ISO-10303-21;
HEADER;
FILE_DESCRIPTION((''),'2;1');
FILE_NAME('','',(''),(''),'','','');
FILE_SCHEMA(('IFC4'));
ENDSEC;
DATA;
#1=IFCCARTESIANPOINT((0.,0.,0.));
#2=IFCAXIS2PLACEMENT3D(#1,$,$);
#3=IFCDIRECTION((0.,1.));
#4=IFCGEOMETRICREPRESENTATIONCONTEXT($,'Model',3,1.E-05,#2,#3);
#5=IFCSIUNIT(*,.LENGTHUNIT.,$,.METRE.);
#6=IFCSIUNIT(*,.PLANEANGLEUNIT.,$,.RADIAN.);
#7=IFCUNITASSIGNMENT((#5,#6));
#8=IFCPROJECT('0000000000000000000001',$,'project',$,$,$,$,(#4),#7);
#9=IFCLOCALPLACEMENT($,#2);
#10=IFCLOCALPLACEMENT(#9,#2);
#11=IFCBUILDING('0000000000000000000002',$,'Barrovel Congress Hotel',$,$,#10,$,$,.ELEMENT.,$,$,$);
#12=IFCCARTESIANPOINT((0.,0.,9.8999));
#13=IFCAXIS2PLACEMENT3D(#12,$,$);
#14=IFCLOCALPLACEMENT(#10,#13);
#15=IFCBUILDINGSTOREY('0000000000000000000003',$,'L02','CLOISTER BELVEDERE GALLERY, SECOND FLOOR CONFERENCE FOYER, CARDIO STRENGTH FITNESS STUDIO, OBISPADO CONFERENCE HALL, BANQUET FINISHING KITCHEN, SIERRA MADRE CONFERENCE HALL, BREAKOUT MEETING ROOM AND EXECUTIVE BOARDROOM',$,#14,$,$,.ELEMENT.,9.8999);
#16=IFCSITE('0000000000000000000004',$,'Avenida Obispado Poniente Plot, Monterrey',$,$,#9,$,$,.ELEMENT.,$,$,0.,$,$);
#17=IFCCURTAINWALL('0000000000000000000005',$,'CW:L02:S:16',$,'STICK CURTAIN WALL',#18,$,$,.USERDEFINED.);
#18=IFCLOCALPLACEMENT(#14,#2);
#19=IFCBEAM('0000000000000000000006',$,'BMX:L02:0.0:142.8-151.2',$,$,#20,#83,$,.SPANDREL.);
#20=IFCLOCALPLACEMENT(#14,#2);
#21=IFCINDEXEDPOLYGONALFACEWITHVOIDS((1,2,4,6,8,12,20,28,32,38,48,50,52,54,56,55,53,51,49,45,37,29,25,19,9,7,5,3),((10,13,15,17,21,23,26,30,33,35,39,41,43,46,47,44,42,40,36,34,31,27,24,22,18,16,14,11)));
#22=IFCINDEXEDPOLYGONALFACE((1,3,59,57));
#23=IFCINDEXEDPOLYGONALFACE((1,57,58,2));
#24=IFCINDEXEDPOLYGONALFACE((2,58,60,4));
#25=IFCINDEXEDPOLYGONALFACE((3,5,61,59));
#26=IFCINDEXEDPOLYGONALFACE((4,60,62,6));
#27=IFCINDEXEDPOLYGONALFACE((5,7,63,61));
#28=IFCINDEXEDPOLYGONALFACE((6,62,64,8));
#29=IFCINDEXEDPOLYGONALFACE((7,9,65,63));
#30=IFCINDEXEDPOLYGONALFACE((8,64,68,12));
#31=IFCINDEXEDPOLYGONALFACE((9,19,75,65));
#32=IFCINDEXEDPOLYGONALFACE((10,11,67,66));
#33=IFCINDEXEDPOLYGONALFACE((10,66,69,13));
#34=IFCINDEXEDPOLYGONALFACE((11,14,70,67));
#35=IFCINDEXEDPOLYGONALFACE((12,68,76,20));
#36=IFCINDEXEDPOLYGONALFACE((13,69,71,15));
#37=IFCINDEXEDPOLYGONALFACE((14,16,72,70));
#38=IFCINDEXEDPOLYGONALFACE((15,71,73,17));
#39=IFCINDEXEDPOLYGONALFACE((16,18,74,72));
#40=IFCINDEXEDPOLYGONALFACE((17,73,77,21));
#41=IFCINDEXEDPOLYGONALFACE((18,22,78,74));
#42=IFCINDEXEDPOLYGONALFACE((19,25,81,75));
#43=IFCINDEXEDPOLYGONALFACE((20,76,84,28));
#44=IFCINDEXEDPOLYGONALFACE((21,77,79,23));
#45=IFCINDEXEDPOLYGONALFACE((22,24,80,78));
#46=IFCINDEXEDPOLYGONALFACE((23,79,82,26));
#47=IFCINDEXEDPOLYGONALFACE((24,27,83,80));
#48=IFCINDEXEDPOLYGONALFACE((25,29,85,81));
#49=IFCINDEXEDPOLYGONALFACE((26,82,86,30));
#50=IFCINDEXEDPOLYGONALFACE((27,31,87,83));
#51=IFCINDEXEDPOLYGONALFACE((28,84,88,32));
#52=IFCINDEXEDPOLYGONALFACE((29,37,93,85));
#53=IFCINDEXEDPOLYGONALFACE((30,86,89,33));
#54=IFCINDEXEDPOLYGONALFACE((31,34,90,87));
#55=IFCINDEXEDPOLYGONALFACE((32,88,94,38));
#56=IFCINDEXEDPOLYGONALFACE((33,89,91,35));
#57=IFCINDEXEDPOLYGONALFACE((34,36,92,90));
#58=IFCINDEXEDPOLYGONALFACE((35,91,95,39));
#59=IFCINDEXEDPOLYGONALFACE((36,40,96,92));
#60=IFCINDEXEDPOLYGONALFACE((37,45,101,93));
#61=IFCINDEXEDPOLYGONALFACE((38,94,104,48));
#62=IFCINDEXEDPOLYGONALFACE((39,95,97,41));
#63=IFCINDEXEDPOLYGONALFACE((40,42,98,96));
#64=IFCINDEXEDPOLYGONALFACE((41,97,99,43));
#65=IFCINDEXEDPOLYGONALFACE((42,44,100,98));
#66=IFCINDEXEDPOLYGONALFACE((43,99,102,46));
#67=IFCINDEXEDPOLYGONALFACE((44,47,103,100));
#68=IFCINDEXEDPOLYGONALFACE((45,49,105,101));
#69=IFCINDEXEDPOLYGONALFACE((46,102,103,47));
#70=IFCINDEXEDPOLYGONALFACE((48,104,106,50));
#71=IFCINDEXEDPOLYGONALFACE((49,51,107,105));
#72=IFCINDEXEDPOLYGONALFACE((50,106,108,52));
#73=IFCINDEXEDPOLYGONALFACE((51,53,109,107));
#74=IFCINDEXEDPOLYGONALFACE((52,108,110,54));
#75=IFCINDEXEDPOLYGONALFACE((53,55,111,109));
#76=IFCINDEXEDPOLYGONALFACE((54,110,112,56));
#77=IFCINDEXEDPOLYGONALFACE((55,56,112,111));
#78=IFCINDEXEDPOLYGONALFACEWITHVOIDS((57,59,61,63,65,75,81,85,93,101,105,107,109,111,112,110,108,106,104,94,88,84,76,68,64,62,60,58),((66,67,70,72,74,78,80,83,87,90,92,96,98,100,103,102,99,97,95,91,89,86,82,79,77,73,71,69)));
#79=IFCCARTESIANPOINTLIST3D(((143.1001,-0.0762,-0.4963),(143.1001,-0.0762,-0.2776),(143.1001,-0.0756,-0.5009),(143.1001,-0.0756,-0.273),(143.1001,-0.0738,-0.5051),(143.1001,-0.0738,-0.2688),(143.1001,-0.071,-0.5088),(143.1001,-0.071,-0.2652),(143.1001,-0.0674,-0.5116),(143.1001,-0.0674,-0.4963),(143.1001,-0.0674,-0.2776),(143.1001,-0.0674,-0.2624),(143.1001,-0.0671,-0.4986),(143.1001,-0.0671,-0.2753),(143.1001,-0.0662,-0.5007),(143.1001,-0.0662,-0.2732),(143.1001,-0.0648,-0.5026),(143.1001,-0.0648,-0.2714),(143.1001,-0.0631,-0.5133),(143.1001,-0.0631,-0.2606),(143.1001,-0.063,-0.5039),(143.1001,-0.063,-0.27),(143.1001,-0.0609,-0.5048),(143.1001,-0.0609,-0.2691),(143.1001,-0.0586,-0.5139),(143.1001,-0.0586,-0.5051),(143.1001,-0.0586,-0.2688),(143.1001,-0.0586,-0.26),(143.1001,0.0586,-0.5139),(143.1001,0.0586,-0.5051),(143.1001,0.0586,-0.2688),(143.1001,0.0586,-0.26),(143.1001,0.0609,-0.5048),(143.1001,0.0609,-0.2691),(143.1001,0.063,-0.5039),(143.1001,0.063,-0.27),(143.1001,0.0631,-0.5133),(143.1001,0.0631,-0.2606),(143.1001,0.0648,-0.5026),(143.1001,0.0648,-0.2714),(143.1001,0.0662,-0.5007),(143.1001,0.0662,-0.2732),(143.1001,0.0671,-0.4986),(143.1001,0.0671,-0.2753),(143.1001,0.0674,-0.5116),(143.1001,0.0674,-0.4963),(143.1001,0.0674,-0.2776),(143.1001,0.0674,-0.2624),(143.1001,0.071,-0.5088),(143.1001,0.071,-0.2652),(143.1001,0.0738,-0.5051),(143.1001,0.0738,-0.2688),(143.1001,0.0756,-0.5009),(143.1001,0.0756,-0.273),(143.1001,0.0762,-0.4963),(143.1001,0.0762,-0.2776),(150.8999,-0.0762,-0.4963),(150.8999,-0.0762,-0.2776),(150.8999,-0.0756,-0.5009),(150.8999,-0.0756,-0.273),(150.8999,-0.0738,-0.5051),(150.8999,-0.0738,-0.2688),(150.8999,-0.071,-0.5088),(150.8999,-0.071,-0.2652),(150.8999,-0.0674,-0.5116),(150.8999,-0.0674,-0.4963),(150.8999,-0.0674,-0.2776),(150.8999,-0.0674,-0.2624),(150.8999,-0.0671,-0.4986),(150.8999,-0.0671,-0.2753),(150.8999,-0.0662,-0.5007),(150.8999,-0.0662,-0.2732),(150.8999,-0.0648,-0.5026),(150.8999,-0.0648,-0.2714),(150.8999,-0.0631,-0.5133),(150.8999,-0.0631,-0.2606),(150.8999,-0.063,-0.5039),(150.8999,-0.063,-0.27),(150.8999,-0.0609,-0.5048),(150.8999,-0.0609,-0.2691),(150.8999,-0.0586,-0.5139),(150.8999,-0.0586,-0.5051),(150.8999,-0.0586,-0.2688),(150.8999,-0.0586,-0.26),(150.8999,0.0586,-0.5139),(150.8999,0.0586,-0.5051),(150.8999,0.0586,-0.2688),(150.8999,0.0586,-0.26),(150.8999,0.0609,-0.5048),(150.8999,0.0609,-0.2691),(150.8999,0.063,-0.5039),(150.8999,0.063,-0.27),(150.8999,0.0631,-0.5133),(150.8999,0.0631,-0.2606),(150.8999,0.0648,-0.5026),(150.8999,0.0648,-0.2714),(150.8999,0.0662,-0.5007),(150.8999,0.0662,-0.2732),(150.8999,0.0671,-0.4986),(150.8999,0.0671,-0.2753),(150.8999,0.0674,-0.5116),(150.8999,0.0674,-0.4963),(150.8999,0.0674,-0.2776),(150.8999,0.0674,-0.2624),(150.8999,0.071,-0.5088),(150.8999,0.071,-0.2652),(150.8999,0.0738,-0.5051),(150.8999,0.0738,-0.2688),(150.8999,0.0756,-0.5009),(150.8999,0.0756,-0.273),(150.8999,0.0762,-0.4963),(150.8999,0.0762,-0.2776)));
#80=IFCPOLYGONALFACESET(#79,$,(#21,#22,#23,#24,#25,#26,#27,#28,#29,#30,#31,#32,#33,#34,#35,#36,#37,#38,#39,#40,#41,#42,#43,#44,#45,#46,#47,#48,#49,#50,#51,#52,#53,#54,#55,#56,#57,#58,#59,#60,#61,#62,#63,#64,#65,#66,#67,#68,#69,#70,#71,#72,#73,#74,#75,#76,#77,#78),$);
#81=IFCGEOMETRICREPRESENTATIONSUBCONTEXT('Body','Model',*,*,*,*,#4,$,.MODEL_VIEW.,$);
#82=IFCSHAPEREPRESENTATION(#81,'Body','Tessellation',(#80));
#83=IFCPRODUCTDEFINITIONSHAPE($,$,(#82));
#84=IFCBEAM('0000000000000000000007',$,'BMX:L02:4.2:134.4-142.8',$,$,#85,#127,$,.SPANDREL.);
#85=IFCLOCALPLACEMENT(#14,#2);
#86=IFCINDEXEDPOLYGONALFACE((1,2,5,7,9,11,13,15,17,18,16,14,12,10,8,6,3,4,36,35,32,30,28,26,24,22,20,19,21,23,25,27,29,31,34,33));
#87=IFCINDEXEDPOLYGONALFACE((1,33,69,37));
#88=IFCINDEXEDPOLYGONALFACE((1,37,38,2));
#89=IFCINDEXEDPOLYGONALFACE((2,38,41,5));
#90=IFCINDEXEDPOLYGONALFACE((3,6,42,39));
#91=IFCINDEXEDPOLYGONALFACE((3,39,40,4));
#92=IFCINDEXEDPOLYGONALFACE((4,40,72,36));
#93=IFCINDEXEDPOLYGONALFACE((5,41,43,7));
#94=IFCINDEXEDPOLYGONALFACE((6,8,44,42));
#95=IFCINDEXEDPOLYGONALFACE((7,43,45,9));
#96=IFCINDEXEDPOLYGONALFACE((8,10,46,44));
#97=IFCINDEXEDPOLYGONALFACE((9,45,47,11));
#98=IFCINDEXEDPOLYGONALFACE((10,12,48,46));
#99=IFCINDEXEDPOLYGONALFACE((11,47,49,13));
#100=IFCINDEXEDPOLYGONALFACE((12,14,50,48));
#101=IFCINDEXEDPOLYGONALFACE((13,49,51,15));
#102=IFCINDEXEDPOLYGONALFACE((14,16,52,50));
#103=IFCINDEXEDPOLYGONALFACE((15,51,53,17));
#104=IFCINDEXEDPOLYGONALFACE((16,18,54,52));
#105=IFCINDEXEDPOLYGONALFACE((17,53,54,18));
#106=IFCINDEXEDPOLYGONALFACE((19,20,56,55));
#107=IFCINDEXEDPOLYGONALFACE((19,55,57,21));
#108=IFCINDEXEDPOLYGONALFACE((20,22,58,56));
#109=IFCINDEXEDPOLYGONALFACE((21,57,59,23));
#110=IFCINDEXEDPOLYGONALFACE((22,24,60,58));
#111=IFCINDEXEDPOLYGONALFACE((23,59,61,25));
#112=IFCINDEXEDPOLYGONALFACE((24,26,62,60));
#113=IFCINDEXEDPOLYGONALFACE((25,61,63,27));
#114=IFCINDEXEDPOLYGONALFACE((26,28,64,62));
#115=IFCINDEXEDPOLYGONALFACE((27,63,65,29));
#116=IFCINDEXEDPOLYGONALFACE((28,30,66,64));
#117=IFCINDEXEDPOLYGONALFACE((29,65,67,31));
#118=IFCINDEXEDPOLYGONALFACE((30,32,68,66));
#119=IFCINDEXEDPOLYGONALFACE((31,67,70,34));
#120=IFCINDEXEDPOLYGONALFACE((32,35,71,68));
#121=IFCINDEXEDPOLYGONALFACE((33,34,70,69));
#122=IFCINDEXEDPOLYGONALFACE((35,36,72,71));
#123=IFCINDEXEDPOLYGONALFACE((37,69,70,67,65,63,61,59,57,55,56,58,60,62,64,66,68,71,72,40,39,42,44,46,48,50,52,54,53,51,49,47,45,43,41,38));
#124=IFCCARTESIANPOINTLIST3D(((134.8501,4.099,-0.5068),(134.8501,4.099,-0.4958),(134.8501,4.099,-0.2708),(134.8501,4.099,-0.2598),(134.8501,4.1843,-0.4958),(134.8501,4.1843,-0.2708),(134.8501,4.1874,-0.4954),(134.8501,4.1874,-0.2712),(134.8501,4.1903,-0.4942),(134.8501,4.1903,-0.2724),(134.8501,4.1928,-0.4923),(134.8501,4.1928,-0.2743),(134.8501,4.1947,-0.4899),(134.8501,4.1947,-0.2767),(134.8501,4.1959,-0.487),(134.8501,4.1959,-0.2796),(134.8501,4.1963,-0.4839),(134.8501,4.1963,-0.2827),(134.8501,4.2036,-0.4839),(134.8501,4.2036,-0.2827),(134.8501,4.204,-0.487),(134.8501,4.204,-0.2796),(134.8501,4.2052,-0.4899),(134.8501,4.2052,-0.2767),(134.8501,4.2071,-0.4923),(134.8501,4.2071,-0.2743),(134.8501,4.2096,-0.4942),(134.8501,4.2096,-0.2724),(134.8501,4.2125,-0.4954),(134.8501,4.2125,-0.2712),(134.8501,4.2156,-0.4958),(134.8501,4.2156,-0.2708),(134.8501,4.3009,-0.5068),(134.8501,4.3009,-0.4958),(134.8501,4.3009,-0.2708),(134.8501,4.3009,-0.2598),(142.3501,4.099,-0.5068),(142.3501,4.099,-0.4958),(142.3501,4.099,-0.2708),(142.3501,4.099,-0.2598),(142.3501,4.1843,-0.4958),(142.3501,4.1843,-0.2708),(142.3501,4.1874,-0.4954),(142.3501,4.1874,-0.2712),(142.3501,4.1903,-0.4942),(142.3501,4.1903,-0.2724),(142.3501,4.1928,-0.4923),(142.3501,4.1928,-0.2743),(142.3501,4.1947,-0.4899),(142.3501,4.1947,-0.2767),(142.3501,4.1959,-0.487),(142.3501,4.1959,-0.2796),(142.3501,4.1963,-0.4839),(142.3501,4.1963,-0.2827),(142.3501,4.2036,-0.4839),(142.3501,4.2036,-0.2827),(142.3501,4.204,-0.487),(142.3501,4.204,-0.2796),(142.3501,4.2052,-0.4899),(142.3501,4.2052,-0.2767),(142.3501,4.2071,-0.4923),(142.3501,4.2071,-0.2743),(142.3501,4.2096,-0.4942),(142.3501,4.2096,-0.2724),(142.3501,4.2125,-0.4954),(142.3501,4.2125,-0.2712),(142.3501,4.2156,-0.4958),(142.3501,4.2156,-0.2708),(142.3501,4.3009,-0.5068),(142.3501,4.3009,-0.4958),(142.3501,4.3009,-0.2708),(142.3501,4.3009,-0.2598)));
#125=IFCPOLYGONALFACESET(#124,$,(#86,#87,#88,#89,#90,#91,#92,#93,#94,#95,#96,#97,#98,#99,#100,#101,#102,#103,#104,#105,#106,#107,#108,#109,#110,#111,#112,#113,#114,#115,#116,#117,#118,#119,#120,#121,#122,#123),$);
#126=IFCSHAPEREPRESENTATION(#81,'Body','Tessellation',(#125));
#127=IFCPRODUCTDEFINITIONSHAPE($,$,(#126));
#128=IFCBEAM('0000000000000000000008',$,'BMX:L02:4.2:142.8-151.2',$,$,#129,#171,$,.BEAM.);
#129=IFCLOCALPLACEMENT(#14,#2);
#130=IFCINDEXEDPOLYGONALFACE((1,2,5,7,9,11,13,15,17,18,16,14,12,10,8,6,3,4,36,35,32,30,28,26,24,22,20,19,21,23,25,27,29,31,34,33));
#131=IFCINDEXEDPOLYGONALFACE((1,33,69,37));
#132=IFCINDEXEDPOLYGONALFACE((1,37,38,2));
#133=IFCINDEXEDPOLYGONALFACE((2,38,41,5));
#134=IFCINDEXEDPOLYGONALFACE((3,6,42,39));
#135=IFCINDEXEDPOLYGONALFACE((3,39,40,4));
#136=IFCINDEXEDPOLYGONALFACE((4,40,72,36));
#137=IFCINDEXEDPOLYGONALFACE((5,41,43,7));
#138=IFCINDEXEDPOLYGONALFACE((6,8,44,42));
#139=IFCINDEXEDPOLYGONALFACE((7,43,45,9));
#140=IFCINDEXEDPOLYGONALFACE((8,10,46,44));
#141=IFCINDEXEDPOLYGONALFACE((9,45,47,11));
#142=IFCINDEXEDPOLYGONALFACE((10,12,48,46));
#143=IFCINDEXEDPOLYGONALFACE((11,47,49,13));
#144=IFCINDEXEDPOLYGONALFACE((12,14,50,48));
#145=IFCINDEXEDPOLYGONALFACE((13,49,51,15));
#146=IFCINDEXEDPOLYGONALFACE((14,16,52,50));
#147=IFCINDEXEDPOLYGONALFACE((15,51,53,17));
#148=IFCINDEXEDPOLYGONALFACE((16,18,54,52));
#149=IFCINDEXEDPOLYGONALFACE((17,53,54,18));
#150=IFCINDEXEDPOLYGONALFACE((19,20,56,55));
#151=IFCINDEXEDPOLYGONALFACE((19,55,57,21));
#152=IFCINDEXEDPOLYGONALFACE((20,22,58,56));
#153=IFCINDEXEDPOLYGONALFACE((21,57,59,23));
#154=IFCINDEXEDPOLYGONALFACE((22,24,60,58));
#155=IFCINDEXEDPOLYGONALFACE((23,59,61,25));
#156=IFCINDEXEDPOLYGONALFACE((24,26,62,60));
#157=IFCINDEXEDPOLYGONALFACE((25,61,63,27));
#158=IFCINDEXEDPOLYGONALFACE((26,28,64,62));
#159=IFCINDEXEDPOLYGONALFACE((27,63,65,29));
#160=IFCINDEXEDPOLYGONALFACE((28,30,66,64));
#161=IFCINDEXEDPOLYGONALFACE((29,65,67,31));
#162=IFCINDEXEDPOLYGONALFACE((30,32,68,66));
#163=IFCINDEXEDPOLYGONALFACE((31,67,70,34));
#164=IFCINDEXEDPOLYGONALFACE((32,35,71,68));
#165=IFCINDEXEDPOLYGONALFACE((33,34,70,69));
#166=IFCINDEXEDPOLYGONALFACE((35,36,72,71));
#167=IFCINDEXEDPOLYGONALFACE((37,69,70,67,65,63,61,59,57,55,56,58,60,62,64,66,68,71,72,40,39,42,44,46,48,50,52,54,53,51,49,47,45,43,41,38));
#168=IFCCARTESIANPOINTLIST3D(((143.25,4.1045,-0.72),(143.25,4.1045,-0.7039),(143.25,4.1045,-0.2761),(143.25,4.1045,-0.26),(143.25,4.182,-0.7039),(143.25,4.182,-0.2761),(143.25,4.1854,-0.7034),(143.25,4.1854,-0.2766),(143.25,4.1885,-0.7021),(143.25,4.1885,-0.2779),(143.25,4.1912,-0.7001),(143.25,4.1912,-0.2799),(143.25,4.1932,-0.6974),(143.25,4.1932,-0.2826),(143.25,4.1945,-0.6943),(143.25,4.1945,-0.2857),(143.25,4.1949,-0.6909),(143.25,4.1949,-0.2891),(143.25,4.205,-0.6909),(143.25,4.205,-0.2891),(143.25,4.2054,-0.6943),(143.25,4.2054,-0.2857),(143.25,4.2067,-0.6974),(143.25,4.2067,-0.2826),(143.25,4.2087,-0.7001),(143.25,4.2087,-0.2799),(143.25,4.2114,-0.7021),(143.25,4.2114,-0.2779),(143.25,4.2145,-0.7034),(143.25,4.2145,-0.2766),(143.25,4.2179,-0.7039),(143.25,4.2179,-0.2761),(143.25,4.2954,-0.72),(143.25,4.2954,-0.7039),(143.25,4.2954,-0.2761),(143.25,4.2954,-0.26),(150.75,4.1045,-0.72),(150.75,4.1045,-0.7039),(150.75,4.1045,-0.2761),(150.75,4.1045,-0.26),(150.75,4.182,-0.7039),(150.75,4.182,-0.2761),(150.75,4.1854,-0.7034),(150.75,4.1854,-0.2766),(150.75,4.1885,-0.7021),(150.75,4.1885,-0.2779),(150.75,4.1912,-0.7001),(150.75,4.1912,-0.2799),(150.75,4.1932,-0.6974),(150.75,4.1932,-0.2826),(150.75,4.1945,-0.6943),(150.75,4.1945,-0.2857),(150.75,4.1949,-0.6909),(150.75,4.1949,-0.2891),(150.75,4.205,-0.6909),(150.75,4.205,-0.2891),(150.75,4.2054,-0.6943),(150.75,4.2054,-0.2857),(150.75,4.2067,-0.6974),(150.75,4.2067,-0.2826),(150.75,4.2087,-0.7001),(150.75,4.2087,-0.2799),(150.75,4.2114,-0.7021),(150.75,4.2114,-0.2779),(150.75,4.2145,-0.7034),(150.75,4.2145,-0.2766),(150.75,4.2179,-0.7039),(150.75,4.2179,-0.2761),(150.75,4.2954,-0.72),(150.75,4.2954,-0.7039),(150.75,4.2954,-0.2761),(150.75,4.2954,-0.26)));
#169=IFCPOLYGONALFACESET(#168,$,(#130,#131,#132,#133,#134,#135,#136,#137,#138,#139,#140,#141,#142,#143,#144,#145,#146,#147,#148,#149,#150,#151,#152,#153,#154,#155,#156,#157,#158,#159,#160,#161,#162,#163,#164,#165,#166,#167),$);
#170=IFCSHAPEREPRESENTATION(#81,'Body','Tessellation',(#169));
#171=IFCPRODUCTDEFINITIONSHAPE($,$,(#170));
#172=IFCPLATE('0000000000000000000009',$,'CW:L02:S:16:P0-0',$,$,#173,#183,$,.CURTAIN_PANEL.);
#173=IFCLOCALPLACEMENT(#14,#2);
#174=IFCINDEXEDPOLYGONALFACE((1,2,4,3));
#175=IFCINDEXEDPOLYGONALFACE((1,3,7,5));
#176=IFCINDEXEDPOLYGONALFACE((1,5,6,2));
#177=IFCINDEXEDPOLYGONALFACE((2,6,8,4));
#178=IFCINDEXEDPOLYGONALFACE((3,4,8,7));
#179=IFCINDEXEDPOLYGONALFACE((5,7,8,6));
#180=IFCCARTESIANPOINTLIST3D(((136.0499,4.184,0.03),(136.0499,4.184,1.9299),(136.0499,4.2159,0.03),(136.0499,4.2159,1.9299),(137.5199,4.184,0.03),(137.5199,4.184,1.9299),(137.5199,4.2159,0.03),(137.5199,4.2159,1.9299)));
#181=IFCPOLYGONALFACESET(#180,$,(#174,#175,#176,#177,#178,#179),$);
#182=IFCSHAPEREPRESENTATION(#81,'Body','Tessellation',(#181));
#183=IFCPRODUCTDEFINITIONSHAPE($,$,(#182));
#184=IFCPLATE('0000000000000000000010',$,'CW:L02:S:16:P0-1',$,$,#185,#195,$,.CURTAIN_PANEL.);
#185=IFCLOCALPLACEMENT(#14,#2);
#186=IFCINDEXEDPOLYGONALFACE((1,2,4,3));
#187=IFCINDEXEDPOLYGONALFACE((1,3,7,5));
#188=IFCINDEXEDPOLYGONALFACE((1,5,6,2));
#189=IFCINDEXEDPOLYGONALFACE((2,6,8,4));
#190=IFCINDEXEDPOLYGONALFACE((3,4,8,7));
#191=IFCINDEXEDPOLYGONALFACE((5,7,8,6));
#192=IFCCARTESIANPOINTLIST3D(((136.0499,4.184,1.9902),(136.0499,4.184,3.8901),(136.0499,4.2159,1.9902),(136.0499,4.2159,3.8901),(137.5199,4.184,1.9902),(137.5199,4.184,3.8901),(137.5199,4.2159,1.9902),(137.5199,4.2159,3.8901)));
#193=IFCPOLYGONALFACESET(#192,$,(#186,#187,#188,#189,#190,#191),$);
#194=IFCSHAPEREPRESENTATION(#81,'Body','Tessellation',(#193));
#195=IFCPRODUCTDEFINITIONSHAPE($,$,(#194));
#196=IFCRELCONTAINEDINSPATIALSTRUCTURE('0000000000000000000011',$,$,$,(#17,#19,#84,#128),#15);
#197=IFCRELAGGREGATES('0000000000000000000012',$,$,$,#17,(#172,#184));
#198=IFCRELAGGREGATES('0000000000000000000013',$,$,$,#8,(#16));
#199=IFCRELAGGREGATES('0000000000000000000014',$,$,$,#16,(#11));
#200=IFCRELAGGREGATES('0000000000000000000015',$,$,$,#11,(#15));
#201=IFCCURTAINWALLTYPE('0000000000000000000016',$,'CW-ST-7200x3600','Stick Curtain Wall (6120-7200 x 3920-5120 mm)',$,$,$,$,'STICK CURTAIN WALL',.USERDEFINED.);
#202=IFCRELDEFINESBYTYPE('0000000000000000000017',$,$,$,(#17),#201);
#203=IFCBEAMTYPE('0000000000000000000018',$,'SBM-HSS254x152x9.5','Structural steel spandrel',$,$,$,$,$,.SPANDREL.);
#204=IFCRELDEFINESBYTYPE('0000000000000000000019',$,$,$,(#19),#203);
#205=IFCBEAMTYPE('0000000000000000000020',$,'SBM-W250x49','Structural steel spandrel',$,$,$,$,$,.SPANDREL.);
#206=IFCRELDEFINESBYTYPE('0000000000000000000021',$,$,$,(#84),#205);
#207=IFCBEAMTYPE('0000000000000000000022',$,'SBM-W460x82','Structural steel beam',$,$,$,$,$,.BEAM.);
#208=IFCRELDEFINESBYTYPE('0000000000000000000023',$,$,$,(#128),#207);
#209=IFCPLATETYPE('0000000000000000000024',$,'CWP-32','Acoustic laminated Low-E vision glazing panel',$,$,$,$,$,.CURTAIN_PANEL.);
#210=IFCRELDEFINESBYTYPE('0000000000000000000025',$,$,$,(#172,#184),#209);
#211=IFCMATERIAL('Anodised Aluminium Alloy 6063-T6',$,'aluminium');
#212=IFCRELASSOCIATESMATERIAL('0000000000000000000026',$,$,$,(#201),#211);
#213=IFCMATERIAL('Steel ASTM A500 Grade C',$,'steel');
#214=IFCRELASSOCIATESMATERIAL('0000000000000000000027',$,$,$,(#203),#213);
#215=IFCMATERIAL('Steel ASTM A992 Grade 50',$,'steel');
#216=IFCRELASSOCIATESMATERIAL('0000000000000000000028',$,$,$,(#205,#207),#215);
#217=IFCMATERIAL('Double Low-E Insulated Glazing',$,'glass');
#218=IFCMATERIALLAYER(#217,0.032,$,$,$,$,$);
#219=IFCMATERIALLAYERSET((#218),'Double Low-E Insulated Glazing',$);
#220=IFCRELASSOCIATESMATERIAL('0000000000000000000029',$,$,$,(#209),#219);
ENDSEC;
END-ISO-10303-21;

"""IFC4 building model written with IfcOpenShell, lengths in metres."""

from ifc_helpers import new_model, si_unit, direction, frame, origin, origin_2d, place, context, subcontext, project, spatial, rectangle, hollow_rectangle, i_section, extrude, material, layer, layer_set, material_profile, profile_set, type_object, element, aggregate, save


model = new_model("IFC4")

# Units and contexts
model_context = context("Model", 3, precision=1e-05, world=origin(), true_north=direction((0.0, 1.0)))
body_context = subcontext(model_context, "Body", "Model", "MODEL_VIEW")
ifc_project = project(units=[si_unit("LENGTHUNIT", "METRE"), si_unit("PLANEANGLEUNIT", "RADIAN")], contexts=[model_context])

# Site, building, storey
site_placement = place(None, origin())
site = spatial("IfcSite", under=ifc_project, at=site_placement, Name="Avenida Obispado Poniente Plot, Monterrey", CompositionType="ELEMENT", RefElevation=0.0)
building_placement = place(site_placement, origin())
building = spatial("IfcBuilding", under=site, at=building_placement, Name="Barrovel Congress Hotel", CompositionType="ELEMENT")
storey_placement = place(building_placement, frame((0.0, 0.0, 9.8999)))
storey = spatial("IfcBuildingStorey", under=building, at=storey_placement, Name="L02", Description="CLOISTER BELVEDERE GALLERY, SECOND FLOOR CONFERENCE FOYER, CARDIO STRENGTH FITNESS STUDIO, OBISPADO CONFERENCE HALL, BANQUET FINISHING KITCHEN, SIERRA MADRE CONFERENCE HALL, BREAKOUT MEETING ROOM AND EXECUTIVE BOARDROOM", CompositionType="ELEMENT", Elevation=9.8999)

# Curtain wall
ifc_material_1 = material(Name="Anodised Aluminium Alloy 6063-T6", Category="aluminium")
curtain_wall_type = type_object("IfcCurtainWallType", Name="CW-ST-7200x3600", Description="Stick Curtain Wall (6120-7200 x 3920-5120 mm)", ElementType="STICK CURTAIN WALL", PredefinedType="USERDEFINED", material=ifc_material_1)
curtain_wall_placement = place(storey_placement, origin())
curtain_wall = element("IfcCurtainWall", 1, at=curtain_wall_placement, inside=storey, type_object=curtain_wall_type, Name="CW:L02:S:16", ObjectType="STICK CURTAIN WALL", PredefinedType="USERDEFINED")

# Beams
ifc_material_2 = material(Name="Steel ASTM A500 Grade C", Category="steel")
ifc_material_profile_1 = material_profile(ifc_material_2, hollow_rectangle(XDim=0.1523, YDim=0.2539, WallThickness=0.0088, InnerFilletRadius=0.0088, OuterFilletRadius=0.0176, at=origin_2d()), Name="HSS254x152x9.5")
ifc_profile_set_1 = profile_set([ifc_material_profile_1], Name="Steel ASTM A500 Grade C")
beam_type_1 = type_object("IfcBeamType", Name="SBM-HSS254x152x9.5", Description="Structural steel spandrel", PredefinedType="SPANDREL", material=ifc_profile_set_1)
beam_1_placement = place(storey_placement, frame((143.1001, 0.0, -0.387), z_axis=(1.0, 0.0, 0.0), x_axis=(0.0, 1.0, 0.0)))
element("IfcBeam", 2, at=beam_1_placement, inside=storey, type_object=beam_type_1, Name="BMX:L02:0.0:142.8-151.2", PredefinedType="SPANDREL", context=body_context, shape_type="SweptSolid", body=[
    extrude(hollow_rectangle(XDim=0.1523, YDim=0.2539, WallThickness=0.0088, InnerFilletRadius=0.0088, OuterFilletRadius=0.0176, at=origin_2d()), origin(), (0.0, 0.0, 1.0), 7.7998),
])
ifc_material_3 = material(Name="Steel ASTM A992 Grade 50", Category="steel")
ifc_material_profile_2 = material_profile(ifc_material_3, i_section(OverallWidth=0.2019, OverallDepth=0.2471, WebThickness=0.0073, FlangeThickness=0.011, FilletRadius=0.012, at=origin_2d()), Name="W250x49")
ifc_profile_set_2 = profile_set([ifc_material_profile_2], Name="Steel ASTM A992 Grade 50")
beam_type_2 = type_object("IfcBeamType", Name="SBM-W250x49", Description="Structural steel spandrel", PredefinedType="SPANDREL", material=ifc_profile_set_2)
beam_2_placement = place(storey_placement, frame((134.8501, 4.2, -0.3833), z_axis=(1.0, 0.0, 0.0), x_axis=(0.0, 1.0, 0.0)))
element("IfcBeam", 3, at=beam_2_placement, inside=storey, type_object=beam_type_2, Name="BMX:L02:4.2:134.4-142.8", PredefinedType="SPANDREL", context=body_context, shape_type="SweptSolid", body=[
    extrude(i_section(OverallWidth=0.2019, OverallDepth=0.2471, WebThickness=0.0073, FlangeThickness=0.011, FilletRadius=0.012, at=origin_2d()), origin(), (0.0, 0.0, 1.0), 7.5),
])
ifc_material_profile_3 = material_profile(ifc_material_3, i_section(OverallWidth=0.1909, OverallDepth=0.46, WebThickness=0.01, FlangeThickness=0.0161, FilletRadius=0.0129, at=origin_2d()), Name="W460x82")
ifc_profile_set_3 = profile_set([ifc_material_profile_3], Name="Steel ASTM A992 Grade 50")
beam_type_3 = type_object("IfcBeamType", Name="SBM-W460x82", Description="Structural steel beam", PredefinedType="BEAM", material=ifc_profile_set_3)
beam_3_placement = place(storey_placement, frame((143.25, 4.2, -0.49), z_axis=(1.0, 0.0, 0.0), x_axis=(0.0, 1.0, 0.0)))
element("IfcBeam", 4, at=beam_3_placement, inside=storey, type_object=beam_type_3, Name="BMX:L02:4.2:142.8-151.2", PredefinedType="BEAM", context=body_context, shape_type="SweptSolid", body=[
    extrude(i_section(OverallWidth=0.1909, OverallDepth=0.46, WebThickness=0.01, FlangeThickness=0.0161, FilletRadius=0.0129, at=origin_2d()), origin(), (0.0, 0.0, 1.0), 7.5),
])

# Plates
ifc_material_4 = material(Name="Double Low-E Insulated Glazing", Category="glass")
ifc_layer_1 = layer(ifc_material_4, 0.032)
ifc_layer_set_1 = layer_set([ifc_layer_1], Name="Double Low-E Insulated Glazing")
plate_type = type_object("IfcPlateType", Name="CWP-32", Description="Acoustic laminated Low-E vision glazing panel", PredefinedType="CURTAIN_PANEL", material=ifc_layer_set_1)
plate_1_placement = place(storey_placement, frame((136.7849, 4.2, 0.03), z_axis=(0.0, 0.0, 1.0), x_axis=(1.0, 0.0, 0.0)))
plate_1 = element("IfcPlate", 5, at=plate_1_placement, type_object=plate_type, Name="CW:L02:S:16:P0-0", PredefinedType="CURTAIN_PANEL", context=body_context, shape_type="SweptSolid", body=[
    extrude(rectangle(XDim=1.47, YDim=0.032, at=origin_2d()), origin(), (0.0, 0.0, 1.0), 1.8999),
])
plate_2_placement = place(storey_placement, frame((136.7849, 4.2, 1.9902), z_axis=(0.0, 0.0, 1.0), x_axis=(1.0, 0.0, 0.0)))
plate_2 = element("IfcPlate", 6, at=plate_2_placement, type_object=plate_type, Name="CW:L02:S:16:P0-1", PredefinedType="CURTAIN_PANEL", context=body_context, shape_type="SweptSolid", body=[
    extrude(rectangle(XDim=1.47, YDim=0.032, at=origin_2d()), origin(), (0.0, 0.0, 1.0), 1.8999),
])
aggregate(curtain_wall, [plate_1, plate_2])

save(model, "model.ifc")
